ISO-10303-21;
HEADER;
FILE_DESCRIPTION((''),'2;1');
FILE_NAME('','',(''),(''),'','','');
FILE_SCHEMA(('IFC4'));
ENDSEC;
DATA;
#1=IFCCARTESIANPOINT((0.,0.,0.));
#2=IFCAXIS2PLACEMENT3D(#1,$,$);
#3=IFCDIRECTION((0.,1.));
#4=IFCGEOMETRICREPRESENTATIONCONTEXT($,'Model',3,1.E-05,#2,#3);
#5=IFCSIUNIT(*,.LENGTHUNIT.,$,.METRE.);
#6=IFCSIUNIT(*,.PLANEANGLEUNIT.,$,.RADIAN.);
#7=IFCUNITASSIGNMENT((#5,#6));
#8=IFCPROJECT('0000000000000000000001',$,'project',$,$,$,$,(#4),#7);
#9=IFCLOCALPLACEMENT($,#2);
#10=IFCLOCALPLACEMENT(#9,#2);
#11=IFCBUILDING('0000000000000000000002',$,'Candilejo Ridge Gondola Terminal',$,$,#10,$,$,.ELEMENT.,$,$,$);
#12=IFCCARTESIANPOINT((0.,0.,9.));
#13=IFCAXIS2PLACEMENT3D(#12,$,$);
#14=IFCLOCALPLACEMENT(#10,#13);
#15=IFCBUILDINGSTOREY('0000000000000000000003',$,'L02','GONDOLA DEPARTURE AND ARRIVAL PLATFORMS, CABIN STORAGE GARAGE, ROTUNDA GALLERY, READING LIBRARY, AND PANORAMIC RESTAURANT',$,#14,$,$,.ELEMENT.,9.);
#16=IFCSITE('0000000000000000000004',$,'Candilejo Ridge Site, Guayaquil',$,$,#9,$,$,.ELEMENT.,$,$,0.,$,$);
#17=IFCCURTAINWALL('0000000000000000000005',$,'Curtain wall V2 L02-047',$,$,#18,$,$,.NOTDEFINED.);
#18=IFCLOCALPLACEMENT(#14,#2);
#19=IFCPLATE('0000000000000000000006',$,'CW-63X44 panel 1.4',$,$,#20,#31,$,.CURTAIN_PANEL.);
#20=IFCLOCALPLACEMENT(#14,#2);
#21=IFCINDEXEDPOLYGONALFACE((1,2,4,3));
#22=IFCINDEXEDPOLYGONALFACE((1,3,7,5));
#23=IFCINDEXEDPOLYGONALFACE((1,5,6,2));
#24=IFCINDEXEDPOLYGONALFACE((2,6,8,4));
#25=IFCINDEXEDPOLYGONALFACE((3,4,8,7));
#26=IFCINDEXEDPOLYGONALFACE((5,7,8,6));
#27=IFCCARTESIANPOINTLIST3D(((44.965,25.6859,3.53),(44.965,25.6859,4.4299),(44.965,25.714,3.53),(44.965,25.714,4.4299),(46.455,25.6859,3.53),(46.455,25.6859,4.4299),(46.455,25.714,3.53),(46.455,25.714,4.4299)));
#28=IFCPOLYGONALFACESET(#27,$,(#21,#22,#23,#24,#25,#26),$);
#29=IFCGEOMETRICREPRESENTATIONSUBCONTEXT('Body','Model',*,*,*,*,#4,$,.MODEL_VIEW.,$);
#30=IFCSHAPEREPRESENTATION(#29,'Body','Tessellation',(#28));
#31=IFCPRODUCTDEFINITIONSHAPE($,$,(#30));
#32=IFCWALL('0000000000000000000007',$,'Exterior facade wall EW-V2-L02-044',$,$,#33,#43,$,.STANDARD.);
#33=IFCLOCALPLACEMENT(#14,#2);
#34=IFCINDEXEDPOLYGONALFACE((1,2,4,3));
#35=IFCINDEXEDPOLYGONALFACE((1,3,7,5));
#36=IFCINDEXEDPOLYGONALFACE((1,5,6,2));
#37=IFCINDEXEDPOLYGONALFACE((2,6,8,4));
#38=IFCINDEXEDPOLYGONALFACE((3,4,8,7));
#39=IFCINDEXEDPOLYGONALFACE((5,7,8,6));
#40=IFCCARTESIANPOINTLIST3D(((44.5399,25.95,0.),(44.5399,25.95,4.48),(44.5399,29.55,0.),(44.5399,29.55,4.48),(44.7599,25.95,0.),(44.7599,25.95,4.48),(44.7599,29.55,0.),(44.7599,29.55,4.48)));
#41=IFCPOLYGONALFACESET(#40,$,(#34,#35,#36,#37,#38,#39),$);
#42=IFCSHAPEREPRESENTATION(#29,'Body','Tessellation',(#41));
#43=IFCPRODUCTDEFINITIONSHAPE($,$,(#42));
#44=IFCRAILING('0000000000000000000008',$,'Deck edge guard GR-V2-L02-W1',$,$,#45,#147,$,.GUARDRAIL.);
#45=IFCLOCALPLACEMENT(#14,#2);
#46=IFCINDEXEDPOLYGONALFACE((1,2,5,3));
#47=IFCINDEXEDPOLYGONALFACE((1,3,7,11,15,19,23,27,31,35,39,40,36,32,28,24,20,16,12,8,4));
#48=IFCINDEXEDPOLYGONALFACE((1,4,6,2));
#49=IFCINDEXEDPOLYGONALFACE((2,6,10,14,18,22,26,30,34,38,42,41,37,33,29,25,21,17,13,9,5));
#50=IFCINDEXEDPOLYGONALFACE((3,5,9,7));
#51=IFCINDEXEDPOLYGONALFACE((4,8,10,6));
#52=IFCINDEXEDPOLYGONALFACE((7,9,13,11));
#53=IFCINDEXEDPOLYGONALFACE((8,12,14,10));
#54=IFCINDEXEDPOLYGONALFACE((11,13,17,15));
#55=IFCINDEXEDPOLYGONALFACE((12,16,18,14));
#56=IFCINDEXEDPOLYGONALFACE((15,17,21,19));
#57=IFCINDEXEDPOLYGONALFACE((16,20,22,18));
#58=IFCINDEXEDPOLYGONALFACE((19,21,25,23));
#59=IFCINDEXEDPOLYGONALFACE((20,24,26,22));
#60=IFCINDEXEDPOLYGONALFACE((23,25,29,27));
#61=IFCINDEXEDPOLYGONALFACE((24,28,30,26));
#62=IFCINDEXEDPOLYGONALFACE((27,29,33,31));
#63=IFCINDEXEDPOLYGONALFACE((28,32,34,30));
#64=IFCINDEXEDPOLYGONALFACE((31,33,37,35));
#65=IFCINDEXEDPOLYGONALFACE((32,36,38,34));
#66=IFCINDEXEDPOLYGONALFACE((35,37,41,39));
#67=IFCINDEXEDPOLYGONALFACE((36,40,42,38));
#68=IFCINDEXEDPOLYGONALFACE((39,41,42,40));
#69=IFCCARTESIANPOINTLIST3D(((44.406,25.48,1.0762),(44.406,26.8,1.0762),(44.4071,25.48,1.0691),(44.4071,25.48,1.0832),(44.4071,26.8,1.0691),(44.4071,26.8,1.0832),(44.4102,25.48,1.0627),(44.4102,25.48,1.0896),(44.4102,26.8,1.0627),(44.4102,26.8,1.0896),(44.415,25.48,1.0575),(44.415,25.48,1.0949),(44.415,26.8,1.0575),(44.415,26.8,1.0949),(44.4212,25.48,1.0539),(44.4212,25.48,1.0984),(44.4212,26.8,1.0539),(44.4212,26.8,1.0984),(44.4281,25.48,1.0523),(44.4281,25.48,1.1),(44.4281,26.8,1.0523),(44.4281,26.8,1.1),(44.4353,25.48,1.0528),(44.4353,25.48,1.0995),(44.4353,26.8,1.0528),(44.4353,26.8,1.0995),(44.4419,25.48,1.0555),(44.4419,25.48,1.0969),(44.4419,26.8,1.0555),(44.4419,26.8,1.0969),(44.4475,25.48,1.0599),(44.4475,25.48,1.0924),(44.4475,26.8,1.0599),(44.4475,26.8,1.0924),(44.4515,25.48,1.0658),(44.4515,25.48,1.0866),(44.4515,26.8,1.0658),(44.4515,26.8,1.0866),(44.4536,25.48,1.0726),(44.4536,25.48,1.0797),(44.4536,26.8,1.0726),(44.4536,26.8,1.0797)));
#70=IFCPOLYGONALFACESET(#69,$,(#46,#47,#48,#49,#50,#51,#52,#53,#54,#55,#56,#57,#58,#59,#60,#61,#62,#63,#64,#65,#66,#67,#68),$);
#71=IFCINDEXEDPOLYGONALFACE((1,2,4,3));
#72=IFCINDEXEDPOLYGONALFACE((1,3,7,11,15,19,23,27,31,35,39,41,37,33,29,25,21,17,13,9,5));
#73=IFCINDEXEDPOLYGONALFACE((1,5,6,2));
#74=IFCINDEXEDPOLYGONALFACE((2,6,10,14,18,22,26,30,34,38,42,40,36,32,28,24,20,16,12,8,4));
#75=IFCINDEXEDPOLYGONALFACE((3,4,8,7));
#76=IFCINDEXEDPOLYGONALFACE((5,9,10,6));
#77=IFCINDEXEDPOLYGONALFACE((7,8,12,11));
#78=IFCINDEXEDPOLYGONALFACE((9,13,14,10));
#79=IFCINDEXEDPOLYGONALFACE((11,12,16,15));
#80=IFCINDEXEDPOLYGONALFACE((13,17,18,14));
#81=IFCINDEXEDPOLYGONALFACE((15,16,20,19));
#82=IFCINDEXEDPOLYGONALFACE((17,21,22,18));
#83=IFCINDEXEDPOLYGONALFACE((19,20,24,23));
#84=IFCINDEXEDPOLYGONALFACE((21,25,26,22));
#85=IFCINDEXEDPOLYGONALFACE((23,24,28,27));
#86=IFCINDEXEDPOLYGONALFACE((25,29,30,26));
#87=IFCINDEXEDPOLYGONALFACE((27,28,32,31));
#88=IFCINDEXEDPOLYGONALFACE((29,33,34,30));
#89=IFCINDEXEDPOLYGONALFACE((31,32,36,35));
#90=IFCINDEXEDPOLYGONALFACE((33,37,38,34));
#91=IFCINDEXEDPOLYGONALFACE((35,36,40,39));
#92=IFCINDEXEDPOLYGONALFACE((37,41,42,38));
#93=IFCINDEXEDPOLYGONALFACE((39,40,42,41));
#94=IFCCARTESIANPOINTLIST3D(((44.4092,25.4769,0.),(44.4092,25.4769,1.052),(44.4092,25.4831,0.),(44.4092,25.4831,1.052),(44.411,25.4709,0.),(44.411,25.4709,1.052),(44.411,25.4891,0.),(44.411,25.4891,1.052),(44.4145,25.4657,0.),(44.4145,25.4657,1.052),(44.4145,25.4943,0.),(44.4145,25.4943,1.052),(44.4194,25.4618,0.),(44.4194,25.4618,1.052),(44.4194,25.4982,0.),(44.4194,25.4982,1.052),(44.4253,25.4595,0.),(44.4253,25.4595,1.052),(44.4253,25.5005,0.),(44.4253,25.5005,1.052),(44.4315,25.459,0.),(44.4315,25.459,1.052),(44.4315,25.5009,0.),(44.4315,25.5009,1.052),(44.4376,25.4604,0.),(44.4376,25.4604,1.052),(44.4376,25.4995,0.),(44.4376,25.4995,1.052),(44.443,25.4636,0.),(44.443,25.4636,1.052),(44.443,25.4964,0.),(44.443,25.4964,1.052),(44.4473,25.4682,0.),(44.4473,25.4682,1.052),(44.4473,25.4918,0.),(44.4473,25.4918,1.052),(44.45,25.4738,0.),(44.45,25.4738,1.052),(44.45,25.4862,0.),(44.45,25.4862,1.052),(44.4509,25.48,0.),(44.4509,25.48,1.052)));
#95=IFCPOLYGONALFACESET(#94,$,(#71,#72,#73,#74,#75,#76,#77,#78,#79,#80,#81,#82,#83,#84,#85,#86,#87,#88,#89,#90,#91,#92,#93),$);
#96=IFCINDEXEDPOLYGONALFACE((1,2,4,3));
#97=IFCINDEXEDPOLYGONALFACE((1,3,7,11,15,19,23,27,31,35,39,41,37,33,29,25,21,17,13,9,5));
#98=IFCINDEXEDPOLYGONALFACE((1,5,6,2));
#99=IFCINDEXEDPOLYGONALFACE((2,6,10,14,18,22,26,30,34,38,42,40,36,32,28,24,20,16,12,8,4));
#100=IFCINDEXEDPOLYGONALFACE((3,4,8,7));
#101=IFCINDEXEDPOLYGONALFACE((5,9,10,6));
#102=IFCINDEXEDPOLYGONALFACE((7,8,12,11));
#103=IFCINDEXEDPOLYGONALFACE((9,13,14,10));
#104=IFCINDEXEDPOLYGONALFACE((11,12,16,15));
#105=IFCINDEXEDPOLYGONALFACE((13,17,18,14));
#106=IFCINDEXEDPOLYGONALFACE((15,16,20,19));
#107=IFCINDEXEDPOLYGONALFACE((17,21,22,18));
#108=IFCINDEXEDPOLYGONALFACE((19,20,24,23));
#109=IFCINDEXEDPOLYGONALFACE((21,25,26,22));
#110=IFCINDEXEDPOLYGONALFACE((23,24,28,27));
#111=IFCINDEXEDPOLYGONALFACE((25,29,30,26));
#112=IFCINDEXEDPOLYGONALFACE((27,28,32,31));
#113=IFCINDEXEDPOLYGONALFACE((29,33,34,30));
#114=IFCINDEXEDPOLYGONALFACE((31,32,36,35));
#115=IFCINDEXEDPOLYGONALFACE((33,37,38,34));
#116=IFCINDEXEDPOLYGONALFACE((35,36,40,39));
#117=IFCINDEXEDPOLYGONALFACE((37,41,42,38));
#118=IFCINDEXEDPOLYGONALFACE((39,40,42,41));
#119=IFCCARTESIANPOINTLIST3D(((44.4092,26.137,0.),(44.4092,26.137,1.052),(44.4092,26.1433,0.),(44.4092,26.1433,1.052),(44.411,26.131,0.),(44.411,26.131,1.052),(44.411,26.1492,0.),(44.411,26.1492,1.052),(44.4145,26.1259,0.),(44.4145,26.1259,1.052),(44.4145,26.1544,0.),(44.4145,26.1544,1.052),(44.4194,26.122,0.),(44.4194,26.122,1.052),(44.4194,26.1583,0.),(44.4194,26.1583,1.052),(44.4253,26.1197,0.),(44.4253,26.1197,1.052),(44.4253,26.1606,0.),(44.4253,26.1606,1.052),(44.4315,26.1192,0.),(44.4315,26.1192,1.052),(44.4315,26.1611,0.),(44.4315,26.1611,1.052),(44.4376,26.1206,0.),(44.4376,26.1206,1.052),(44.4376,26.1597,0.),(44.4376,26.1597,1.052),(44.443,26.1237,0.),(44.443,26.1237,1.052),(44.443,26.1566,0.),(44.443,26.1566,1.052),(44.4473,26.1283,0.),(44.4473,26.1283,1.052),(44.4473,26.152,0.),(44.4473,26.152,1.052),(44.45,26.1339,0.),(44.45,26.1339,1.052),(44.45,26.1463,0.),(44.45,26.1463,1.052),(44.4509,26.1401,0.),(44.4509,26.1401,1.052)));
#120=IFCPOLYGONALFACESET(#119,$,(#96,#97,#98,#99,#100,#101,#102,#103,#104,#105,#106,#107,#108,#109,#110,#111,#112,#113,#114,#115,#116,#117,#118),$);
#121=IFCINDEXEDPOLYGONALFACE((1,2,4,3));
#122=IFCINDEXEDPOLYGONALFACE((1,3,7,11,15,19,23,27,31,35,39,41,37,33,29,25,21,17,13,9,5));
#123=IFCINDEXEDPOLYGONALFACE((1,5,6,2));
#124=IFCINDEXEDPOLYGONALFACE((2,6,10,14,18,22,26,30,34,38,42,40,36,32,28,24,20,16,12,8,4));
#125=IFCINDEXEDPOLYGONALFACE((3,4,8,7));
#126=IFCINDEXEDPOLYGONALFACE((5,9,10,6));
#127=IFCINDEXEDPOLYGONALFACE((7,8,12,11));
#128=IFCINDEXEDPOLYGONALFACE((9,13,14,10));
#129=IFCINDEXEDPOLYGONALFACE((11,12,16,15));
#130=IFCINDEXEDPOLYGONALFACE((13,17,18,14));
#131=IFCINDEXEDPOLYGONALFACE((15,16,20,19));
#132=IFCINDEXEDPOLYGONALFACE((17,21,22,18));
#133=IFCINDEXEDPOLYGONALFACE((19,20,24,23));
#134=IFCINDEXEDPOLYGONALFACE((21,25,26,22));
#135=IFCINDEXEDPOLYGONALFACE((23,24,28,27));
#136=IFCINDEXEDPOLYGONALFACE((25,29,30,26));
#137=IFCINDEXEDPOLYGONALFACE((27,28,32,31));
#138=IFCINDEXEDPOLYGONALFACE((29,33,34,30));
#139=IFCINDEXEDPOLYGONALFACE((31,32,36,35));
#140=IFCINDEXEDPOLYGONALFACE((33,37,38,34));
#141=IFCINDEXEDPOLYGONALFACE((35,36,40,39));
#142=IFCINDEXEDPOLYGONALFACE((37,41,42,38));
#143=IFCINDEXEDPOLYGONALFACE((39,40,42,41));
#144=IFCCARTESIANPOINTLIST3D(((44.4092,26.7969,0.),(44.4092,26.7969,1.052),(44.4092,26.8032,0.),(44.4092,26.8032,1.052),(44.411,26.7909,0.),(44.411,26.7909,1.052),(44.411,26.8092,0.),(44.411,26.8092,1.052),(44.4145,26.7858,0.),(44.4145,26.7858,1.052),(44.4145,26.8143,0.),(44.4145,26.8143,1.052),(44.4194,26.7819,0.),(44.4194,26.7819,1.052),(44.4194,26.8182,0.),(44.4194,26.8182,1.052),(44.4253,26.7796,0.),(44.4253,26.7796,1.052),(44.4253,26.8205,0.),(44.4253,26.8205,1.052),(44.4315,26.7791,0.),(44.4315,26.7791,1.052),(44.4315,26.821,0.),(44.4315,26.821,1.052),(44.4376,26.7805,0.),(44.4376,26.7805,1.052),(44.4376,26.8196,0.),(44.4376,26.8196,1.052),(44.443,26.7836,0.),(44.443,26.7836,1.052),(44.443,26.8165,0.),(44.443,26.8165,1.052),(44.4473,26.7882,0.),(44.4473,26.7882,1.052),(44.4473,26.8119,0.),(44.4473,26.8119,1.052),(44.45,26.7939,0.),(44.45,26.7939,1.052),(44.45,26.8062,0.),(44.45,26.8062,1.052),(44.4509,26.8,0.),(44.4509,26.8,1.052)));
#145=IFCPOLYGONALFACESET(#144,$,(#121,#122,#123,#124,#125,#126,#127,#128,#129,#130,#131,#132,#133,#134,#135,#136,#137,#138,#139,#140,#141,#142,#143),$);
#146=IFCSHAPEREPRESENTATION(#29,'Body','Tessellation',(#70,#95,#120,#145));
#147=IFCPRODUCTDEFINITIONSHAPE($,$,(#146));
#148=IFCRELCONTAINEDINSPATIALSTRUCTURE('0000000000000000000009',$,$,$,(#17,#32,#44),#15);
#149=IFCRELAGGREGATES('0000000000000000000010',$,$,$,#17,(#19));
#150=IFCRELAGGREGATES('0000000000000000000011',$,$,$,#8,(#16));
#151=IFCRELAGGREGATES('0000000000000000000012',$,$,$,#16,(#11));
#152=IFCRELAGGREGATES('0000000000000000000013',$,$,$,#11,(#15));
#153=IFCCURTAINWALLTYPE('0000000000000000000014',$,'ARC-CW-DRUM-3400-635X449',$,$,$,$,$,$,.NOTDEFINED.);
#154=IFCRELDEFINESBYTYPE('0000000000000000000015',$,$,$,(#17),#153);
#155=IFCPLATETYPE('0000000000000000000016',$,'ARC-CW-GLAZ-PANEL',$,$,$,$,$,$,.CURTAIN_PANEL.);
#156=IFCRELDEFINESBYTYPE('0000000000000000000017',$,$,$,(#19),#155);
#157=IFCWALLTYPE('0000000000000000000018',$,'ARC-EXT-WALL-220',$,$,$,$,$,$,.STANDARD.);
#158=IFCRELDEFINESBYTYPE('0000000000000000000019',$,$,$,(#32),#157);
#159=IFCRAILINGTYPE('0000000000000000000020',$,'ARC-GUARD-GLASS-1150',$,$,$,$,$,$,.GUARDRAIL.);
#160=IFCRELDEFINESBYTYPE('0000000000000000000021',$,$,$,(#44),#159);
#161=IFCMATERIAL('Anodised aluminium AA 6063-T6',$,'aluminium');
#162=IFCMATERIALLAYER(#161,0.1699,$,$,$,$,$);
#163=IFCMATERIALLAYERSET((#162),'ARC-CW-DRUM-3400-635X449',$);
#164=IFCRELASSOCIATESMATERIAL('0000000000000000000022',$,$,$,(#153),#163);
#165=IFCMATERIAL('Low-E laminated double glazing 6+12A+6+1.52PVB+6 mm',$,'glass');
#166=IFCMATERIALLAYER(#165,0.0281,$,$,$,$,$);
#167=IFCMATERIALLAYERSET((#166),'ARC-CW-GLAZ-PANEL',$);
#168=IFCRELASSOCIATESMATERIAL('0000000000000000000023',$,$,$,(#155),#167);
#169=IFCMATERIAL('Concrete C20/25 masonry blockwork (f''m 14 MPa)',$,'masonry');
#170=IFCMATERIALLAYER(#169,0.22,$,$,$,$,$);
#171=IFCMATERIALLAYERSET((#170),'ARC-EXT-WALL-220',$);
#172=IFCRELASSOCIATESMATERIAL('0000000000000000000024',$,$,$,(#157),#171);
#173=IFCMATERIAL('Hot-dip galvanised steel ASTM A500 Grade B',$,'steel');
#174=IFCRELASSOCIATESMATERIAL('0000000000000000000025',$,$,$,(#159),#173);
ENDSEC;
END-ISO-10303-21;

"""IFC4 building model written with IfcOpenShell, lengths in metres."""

from ifc_helpers import new_model, si_unit, direction, frame, frame_2d, origin, origin_2d, place, context, subcontext, project, spatial, rectangle, circle, extrude, material, layer, layer_set, type_object, element, aggregate, save


model = new_model("IFC4")

# Units and contexts
model_context = context("Model", 3, precision=1e-05, world=origin(), true_north=direction((0.0, 1.0)))
body_context = subcontext(model_context, "Body", "Model", "MODEL_VIEW")
ifc_project = project(units=[si_unit("LENGTHUNIT", "METRE"), si_unit("PLANEANGLEUNIT", "RADIAN")], contexts=[model_context])

# Site, building, storey
site_placement = place(None, origin())
site = spatial("IfcSite", under=ifc_project, at=site_placement, Name="Candilejo Ridge Site, Guayaquil", CompositionType="ELEMENT", RefElevation=0.0)
building_placement = place(site_placement, origin())
building = spatial("IfcBuilding", under=site, at=building_placement, Name="Candilejo Ridge Gondola Terminal", CompositionType="ELEMENT")
storey_placement = place(building_placement, frame((0.0, 0.0, 9.0)))
storey = spatial("IfcBuildingStorey", under=building, at=storey_placement, Name="L02", Description="GONDOLA DEPARTURE AND ARRIVAL PLATFORMS, CABIN STORAGE GARAGE, ROTUNDA GALLERY, READING LIBRARY, AND PANORAMIC RESTAURANT", CompositionType="ELEMENT", Elevation=9.0)

# Curtain wall
ifc_material_1 = material(Name="Anodised aluminium AA 6063-T6", Category="aluminium")
ifc_layer_1 = layer(ifc_material_1, 0.1699)
ifc_layer_set_1 = layer_set([ifc_layer_1], Name="ARC-CW-DRUM-3400-635X449")
curtain_wall_type = type_object("IfcCurtainWallType", Name="ARC-CW-DRUM-3400-635X449", PredefinedType="NOTDEFINED", material=ifc_layer_set_1)
curtain_wall_placement = place(storey_placement, origin())
curtain_wall = element("IfcCurtainWall", 1, at=curtain_wall_placement, inside=storey, type_object=curtain_wall_type, Name="Curtain wall V2 L02-047", PredefinedType="NOTDEFINED")

# Plate
ifc_material_2 = material(Name="Low-E laminated double glazing 6+12A+6+1.52PVB+6 mm", Category="glass")
ifc_layer_2 = layer(ifc_material_2, 0.0281)
ifc_layer_set_2 = layer_set([ifc_layer_2], Name="ARC-CW-GLAZ-PANEL")
plate_type = type_object("IfcPlateType", Name="ARC-CW-GLAZ-PANEL", PredefinedType="CURTAIN_PANEL", material=ifc_layer_set_2)
plate_1_placement = place(storey_placement, frame((45.71, 25.7, 3.53), z_axis=(0.0, 0.0, 1.0), x_axis=(1.0, 0.0, 0.0)))
plate_1 = element("IfcPlate", 2, at=plate_1_placement, type_object=plate_type, Name="CW-63X44 panel 1.4", PredefinedType="CURTAIN_PANEL", context=body_context, shape_type="SweptSolid", body=[
    extrude(rectangle(XDim=1.49, YDim=0.0281, at=origin_2d()), origin(), (0.0, 0.0, 1.0), 0.8999),
])
aggregate(curtain_wall, [plate_1])

# Wall
ifc_material_3 = material(Name="Concrete C20/25 masonry blockwork (f'm 14 MPa)", Category="masonry")
ifc_layer_3 = layer(ifc_material_3, 0.22)
ifc_layer_set_3 = layer_set([ifc_layer_3], Name="ARC-EXT-WALL-220")
wall_type = type_object("IfcWallType", Name="ARC-EXT-WALL-220", PredefinedType="STANDARD", material=ifc_layer_set_3)
wall_placement = place(storey_placement, frame((44.6499, 25.95, 0.0), z_axis=(0.0, 0.0, 1.0), x_axis=(0.0, 1.0, 0.0)))
element("IfcWall", 3, at=wall_placement, inside=storey, type_object=wall_type, Name="Exterior facade wall EW-V2-L02-044", PredefinedType="STANDARD", context=body_context, shape_type="SweptSolid", body=[
    extrude(rectangle(XDim=3.6001, YDim=0.22, at=frame_2d((1.8, 0.0))), origin(), (0.0, 0.0, 1.0), 4.48),
])

# Railing
ifc_material_4 = material(Name="Hot-dip galvanised steel ASTM A500 Grade B", Category="steel")
railing_type = type_object("IfcRailingType", Name="ARC-GUARD-GLASS-1150", PredefinedType="GUARDRAIL", material=ifc_material_4)
railing_placement = place(storey_placement, frame((44.4299, 25.48, 0.0)))
element("IfcRailing", 4, at=railing_placement, inside=storey, type_object=railing_type, Name="Deck edge guard GR-V2-L02-W1", PredefinedType="GUARDRAIL", context=body_context, shape_type="SweptSolid", body=[
    extrude(circle(Radius=0.0239, at=origin_2d()), frame((0.0, 0.0, 1.0762), z_axis=(0.0, 1.0, 0.0), x_axis=(-1.0, 0.0, 0.0)), (0.0, 0.0, 1.0), 1.3201),
    extrude(circle(Radius=0.021, at=origin_2d()), origin(), (0.0, 0.0, 1.0), 1.052),
    extrude(circle(Radius=0.021, at=origin_2d()), frame((0.0, 0.6602, 0.0)), (0.0, 0.0, 1.0), 1.052),
    extrude(circle(Radius=0.021, at=origin_2d()), frame((0.0, 1.3201, 0.0)), (0.0, 0.0, 1.0), 1.052),
])

save(model, "model.ifc")
